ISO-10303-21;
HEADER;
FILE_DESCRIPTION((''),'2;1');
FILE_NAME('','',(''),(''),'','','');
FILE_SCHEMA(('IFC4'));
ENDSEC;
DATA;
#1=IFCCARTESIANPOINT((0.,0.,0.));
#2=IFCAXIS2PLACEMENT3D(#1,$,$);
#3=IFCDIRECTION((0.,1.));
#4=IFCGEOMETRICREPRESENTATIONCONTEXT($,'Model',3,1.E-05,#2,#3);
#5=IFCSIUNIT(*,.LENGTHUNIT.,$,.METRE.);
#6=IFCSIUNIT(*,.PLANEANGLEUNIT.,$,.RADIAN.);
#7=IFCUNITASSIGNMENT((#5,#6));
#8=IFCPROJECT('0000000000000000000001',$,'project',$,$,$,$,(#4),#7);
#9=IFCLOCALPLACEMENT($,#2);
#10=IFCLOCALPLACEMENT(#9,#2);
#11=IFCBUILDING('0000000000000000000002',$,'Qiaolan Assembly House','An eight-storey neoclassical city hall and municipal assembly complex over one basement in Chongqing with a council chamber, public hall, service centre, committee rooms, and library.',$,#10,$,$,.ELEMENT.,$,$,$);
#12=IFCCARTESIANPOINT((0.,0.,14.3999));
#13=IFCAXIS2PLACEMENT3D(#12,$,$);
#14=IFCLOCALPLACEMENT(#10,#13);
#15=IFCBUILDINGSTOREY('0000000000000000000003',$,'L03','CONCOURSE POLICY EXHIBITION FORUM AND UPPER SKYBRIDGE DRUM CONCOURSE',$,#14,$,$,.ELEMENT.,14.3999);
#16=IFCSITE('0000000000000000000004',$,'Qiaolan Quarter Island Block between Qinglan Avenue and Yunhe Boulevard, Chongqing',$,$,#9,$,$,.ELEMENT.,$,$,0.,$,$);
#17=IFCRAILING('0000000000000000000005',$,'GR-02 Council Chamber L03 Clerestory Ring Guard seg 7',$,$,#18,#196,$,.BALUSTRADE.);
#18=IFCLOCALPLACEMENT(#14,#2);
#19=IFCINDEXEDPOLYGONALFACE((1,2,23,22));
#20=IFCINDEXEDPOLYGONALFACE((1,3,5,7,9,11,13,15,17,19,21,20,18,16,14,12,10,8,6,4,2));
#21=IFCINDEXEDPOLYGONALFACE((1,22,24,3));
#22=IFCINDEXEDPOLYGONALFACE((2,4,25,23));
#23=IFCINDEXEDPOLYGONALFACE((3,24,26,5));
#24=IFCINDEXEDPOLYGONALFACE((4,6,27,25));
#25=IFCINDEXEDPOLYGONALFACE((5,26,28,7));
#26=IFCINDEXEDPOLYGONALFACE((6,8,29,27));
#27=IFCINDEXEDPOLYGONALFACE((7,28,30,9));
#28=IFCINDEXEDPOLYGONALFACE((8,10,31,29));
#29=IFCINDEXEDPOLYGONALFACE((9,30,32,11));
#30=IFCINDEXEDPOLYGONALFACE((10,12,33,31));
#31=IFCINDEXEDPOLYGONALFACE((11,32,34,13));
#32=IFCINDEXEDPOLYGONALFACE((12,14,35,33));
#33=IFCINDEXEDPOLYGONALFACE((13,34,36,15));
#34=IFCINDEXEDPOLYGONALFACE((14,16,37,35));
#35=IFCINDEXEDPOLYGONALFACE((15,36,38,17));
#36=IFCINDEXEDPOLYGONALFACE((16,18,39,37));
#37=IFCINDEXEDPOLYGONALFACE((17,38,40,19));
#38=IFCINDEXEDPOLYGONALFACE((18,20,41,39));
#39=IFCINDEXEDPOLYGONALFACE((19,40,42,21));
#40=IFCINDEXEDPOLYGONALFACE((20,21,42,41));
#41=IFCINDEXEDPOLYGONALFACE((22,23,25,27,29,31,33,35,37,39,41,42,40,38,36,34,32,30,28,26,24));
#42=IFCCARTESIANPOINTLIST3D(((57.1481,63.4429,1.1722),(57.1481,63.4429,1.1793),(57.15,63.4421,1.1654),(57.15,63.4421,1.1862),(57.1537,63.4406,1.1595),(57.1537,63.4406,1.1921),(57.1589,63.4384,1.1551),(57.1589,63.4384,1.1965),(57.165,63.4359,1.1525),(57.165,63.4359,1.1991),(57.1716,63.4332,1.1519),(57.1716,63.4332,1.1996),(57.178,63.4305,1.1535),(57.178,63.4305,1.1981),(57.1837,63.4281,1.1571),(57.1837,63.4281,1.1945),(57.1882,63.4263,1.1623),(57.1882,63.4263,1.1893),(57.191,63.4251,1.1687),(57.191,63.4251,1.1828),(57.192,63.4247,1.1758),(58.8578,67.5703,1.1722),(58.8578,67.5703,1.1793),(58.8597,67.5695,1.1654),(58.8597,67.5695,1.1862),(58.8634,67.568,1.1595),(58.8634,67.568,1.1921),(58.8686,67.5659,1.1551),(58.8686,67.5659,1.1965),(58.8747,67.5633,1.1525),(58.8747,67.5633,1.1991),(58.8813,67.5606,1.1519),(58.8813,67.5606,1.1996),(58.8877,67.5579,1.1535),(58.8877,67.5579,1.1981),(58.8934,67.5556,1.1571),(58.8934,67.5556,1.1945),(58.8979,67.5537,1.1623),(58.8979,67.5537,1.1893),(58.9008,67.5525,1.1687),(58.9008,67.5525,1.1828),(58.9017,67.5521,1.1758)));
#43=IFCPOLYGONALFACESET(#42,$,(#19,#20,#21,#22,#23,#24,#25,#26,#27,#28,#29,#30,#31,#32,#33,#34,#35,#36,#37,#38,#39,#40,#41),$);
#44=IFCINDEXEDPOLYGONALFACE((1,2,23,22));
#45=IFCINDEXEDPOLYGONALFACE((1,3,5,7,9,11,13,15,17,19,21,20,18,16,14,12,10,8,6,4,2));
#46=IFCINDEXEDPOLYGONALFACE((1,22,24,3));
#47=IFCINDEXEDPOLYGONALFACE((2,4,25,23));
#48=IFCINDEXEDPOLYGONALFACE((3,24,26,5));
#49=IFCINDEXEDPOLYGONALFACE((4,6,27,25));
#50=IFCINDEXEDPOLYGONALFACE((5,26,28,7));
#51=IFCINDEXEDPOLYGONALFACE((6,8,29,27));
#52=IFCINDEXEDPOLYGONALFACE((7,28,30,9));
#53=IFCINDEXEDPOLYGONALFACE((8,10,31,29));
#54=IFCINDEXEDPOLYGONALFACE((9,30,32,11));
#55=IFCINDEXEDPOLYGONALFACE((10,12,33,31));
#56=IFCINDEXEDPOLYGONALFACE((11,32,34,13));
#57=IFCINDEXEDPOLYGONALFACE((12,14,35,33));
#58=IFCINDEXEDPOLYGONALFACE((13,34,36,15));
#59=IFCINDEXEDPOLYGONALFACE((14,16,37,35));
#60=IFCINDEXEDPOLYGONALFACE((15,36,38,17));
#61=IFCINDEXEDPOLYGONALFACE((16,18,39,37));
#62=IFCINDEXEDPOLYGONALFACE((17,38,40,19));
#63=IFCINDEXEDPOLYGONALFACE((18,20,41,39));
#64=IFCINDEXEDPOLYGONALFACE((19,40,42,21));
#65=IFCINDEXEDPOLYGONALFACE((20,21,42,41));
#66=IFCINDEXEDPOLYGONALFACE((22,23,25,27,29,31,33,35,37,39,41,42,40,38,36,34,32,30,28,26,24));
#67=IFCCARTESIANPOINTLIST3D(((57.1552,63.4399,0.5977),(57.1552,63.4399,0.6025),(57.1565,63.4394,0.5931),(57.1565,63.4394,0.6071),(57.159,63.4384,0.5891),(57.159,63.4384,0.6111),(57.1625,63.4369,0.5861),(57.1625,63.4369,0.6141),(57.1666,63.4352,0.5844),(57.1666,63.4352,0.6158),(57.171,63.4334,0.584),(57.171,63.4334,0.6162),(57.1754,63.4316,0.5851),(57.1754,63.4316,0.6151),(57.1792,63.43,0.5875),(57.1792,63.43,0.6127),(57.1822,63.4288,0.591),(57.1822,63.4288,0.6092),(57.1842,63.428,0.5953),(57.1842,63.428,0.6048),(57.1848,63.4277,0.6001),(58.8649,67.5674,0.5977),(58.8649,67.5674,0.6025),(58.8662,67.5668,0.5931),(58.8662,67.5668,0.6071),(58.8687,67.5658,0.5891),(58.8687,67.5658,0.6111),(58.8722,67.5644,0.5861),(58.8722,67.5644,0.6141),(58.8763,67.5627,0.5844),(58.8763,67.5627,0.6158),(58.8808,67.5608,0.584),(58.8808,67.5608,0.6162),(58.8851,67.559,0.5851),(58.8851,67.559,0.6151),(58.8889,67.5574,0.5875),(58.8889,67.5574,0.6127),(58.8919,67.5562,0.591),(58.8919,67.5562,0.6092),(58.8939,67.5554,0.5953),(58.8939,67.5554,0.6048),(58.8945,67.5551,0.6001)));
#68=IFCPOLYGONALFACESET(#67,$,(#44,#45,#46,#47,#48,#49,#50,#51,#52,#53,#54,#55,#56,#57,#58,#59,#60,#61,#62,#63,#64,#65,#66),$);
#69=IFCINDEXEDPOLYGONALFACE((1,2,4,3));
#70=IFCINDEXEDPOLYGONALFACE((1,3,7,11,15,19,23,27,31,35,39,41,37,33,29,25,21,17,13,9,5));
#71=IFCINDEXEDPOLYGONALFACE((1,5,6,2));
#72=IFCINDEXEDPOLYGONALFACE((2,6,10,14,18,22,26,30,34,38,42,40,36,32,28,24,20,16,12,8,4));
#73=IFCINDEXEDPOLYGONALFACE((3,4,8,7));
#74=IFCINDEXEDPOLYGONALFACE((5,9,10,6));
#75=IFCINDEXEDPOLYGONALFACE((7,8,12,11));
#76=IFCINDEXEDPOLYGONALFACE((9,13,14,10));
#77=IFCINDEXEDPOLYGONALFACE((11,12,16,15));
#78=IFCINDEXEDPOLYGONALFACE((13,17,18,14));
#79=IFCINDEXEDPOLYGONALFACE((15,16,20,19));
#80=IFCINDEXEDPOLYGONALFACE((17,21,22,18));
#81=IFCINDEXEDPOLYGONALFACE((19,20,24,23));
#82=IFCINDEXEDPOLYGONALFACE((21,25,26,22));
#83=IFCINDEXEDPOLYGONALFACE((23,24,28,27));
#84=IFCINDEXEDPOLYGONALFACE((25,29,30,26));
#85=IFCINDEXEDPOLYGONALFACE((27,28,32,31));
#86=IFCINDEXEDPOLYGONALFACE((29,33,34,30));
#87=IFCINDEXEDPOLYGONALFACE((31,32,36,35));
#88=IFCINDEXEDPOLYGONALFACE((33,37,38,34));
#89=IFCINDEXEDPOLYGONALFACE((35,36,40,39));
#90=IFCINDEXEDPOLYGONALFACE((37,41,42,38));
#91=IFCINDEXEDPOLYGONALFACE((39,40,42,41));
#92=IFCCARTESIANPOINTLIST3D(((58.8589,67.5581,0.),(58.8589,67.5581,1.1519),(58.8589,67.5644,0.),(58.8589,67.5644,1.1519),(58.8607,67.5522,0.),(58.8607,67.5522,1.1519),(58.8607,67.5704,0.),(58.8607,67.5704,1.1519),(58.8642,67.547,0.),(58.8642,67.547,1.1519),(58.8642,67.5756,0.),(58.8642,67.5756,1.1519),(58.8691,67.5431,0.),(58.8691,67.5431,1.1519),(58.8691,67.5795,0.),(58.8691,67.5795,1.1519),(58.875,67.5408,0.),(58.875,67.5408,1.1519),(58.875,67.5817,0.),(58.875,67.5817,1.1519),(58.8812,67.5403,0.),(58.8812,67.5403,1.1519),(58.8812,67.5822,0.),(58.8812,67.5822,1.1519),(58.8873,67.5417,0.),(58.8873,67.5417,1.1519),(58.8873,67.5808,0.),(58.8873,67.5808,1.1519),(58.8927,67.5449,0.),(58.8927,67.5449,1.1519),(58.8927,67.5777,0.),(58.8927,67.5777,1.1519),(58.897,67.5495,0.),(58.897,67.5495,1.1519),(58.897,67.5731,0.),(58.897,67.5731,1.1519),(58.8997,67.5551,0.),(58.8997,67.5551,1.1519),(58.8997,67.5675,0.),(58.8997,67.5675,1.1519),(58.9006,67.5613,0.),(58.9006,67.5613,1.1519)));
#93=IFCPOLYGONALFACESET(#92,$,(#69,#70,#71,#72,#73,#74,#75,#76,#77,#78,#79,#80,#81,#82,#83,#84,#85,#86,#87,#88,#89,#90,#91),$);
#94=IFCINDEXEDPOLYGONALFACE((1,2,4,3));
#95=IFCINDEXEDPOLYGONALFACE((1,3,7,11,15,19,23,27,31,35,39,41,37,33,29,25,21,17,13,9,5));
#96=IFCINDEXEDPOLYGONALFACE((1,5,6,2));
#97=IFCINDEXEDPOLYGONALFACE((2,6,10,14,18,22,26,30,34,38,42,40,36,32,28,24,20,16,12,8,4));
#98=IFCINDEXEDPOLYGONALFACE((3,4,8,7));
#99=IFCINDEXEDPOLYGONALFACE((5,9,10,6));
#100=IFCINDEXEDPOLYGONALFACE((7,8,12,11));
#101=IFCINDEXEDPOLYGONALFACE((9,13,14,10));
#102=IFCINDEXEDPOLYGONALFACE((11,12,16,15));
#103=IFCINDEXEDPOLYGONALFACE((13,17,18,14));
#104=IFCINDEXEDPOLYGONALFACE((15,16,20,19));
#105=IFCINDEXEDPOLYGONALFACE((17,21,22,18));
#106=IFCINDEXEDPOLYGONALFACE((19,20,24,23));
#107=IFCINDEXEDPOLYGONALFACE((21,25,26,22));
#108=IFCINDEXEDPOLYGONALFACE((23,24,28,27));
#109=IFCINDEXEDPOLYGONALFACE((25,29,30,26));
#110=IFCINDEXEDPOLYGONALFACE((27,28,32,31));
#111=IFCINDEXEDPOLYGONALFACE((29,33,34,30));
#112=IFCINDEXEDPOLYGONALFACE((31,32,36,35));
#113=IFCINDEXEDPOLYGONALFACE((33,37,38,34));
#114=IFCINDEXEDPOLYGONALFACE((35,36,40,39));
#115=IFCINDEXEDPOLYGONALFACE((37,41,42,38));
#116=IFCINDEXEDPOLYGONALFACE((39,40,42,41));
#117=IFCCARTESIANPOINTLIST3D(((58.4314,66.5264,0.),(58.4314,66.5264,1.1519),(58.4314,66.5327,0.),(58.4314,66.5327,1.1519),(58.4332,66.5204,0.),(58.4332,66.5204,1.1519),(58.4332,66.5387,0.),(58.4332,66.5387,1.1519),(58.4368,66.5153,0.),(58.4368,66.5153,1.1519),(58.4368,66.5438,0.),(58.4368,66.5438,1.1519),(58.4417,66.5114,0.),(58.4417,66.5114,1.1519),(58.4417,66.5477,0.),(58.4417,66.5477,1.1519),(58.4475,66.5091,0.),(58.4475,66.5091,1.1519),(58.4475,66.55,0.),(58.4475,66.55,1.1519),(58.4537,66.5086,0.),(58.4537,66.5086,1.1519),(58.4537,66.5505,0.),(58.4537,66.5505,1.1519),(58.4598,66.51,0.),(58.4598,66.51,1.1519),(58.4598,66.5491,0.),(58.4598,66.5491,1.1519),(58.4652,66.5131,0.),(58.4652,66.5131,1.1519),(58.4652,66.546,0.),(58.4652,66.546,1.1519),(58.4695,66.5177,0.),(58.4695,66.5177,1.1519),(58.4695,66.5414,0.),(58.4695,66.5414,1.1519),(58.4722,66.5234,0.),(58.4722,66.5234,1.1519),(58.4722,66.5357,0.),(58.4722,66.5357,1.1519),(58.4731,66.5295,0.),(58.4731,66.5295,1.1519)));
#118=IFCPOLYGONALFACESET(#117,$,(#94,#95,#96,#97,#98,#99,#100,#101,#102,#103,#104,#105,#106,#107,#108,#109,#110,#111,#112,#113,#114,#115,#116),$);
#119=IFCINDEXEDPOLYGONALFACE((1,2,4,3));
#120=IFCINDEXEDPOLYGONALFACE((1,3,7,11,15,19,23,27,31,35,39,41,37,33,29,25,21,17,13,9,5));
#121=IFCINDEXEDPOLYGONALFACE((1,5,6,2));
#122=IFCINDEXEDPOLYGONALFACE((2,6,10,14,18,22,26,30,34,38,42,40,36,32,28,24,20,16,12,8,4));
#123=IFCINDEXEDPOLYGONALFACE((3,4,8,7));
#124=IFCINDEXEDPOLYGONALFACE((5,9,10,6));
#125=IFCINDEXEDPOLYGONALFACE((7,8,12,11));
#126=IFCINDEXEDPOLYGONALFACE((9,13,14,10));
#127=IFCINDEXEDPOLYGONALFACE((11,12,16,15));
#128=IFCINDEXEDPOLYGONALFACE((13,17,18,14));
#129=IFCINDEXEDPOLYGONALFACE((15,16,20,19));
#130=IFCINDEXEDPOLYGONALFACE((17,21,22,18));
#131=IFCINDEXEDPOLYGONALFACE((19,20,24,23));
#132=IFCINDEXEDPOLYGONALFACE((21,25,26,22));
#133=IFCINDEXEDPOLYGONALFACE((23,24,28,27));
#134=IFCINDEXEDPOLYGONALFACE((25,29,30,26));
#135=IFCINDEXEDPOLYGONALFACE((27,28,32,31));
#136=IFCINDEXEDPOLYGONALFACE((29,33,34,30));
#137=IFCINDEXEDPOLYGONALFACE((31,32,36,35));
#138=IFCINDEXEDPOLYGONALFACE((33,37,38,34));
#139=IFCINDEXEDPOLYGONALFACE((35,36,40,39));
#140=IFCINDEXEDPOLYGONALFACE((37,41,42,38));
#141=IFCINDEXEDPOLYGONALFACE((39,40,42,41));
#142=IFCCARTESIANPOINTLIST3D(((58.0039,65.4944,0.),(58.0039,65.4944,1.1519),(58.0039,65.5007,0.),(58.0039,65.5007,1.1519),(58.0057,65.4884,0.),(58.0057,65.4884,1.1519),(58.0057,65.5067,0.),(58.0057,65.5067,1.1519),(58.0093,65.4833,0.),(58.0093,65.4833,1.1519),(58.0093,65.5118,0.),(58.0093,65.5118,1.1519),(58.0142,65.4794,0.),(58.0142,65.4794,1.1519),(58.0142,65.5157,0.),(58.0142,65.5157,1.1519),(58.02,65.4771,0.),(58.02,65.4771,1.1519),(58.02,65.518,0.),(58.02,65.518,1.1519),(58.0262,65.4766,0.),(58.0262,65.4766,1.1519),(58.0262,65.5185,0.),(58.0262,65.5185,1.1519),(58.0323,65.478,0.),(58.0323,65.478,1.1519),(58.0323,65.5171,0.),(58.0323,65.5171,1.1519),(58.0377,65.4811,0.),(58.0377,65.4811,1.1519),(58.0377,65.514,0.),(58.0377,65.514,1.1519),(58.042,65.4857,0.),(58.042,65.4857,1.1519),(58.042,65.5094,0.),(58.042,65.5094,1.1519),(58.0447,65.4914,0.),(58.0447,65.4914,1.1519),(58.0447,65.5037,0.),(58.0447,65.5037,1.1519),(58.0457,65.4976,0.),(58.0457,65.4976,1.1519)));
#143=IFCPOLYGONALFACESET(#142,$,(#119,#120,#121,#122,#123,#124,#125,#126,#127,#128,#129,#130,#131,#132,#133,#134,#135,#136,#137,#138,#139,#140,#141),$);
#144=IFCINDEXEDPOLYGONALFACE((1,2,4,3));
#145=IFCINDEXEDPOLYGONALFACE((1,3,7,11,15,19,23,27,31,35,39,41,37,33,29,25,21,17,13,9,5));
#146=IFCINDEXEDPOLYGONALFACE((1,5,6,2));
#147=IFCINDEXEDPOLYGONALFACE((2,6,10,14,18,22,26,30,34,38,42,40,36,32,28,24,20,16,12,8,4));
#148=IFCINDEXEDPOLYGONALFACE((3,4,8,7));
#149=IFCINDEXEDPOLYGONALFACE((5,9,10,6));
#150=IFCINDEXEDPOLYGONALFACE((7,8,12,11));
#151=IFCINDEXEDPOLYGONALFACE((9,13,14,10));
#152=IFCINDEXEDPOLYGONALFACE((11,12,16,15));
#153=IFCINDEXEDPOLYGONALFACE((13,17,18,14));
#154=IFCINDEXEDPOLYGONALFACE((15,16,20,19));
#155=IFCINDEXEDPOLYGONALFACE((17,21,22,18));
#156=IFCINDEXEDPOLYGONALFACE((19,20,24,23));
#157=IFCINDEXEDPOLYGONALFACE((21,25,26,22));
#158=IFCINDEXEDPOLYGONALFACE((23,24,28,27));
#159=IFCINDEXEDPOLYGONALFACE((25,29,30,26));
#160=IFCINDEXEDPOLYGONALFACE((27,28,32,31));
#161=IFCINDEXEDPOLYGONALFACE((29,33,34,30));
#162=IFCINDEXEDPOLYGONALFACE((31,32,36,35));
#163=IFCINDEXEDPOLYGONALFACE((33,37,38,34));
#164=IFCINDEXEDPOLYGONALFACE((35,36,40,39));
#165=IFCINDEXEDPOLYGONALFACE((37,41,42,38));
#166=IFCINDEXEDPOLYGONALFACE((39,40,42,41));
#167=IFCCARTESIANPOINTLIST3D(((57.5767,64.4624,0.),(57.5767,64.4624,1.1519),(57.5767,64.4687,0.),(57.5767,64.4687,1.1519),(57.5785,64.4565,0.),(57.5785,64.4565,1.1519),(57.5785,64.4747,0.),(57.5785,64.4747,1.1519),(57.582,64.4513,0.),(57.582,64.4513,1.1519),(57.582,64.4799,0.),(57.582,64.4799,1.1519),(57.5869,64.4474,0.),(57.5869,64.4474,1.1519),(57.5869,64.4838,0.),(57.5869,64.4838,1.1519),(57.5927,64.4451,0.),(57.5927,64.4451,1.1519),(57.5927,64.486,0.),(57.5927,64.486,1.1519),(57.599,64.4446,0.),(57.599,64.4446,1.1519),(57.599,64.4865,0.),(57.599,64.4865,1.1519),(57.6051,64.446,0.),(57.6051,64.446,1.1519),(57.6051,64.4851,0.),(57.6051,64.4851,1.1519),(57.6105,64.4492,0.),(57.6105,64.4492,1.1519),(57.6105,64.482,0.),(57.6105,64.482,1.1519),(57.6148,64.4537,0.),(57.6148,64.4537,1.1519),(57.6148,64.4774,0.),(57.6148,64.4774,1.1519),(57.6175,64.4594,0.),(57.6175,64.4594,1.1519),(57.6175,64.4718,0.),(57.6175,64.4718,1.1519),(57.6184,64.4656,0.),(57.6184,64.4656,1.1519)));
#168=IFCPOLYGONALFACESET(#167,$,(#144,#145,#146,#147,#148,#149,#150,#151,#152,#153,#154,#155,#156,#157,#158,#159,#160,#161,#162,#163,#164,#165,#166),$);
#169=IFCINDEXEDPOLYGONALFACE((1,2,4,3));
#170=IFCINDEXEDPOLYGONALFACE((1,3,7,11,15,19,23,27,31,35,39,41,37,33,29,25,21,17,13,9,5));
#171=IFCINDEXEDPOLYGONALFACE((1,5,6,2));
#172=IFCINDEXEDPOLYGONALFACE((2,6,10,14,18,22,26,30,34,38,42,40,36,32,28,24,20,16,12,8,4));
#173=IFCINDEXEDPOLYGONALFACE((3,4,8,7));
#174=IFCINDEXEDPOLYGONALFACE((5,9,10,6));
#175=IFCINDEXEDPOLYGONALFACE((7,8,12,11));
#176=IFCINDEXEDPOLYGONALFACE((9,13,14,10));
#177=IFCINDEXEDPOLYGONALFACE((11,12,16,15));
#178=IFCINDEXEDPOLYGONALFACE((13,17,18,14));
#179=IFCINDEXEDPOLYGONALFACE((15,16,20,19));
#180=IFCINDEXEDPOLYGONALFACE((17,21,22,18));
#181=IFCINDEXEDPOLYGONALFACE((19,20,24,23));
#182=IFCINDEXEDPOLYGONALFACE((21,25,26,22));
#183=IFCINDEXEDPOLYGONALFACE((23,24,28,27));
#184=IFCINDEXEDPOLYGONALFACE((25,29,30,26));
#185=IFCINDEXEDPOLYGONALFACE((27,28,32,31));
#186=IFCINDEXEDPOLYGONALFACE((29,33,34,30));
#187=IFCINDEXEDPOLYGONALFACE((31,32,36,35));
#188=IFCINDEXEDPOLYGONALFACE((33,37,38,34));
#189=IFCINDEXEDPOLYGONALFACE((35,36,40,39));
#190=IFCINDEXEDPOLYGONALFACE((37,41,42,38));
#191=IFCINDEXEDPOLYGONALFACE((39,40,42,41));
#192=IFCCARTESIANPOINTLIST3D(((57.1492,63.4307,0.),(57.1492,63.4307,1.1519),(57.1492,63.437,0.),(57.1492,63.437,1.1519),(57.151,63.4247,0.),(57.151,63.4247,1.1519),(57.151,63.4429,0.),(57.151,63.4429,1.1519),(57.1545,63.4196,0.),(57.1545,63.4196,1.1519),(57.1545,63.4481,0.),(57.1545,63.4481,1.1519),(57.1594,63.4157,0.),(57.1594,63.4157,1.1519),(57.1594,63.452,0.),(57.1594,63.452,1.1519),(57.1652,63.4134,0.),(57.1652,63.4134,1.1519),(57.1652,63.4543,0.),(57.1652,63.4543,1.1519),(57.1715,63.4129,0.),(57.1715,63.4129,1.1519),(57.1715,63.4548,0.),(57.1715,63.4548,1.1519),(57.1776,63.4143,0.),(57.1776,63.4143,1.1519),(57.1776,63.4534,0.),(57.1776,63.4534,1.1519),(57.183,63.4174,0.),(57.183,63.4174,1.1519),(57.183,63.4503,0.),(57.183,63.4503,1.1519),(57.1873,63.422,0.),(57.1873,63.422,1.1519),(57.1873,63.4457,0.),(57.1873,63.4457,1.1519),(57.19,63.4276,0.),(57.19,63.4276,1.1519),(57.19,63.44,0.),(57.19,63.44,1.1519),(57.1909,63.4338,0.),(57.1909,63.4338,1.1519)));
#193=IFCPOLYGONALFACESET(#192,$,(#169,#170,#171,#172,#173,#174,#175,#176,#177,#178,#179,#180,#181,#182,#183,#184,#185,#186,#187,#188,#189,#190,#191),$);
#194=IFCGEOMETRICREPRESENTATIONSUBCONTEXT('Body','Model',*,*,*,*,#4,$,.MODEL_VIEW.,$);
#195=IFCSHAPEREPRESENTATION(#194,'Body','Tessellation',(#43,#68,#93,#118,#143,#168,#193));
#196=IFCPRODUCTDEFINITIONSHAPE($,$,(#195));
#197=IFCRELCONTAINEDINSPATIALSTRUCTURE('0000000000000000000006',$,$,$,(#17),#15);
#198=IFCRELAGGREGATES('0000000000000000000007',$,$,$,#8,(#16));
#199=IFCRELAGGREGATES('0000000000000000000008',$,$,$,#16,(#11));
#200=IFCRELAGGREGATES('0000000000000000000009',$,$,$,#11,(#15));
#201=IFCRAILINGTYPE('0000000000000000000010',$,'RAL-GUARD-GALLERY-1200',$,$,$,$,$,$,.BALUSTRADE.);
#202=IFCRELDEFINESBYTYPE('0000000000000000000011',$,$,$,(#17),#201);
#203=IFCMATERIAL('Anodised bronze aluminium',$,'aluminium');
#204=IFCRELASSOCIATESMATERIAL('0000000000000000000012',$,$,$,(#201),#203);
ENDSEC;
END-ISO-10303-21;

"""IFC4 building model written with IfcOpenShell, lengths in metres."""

from ifc_helpers import new_model, si_unit, direction, frame, origin, origin_2d, place, context, subcontext, project, spatial, circle, extrude, material, type_object, element, save


model = new_model("IFC4")

# Units and contexts
model_context = context("Model", 3, precision=1e-05, world=origin(), true_north=direction((0.0, 1.0)))
body_context = subcontext(model_context, "Body", "Model", "MODEL_VIEW")
ifc_project = project(units=[si_unit("LENGTHUNIT", "METRE"), si_unit("PLANEANGLEUNIT", "RADIAN")], contexts=[model_context])

# Site, building, storey
site_placement = place(None, origin())
site = spatial("IfcSite", under=ifc_project, at=site_placement, Name="Qiaolan Quarter Island Block between Qinglan Avenue and Yunhe Boulevard, Chongqing", CompositionType="ELEMENT", RefElevation=0.0)
building_placement = place(site_placement, origin())
building = spatial("IfcBuilding", under=site, at=building_placement, Name="Qiaolan Assembly House", Description="An eight-storey neoclassical city hall and municipal assembly complex over one basement in Chongqing with a council chamber, public hall, service centre, committee rooms, and library.", CompositionType="ELEMENT")
storey_placement = place(building_placement, frame((0.0, 0.0, 14.3999)))
storey = spatial("IfcBuildingStorey", under=building, at=storey_placement, Name="L03", Description="CONCOURSE POLICY EXHIBITION FORUM AND UPPER SKYBRIDGE DRUM CONCOURSE", CompositionType="ELEMENT", Elevation=14.3999)

# Shared definitions
ifc_material_1 = material(Name="Anodised bronze aluminium", Category="aluminium")

# Railing
railing_type = type_object("IfcRailingType", Name="RAL-GUARD-GALLERY-1200", PredefinedType="BALUSTRADE", material=ifc_material_1)
railing_placement = place(storey_placement, frame((58.8796, 67.5613, 0.0)))
element("IfcRailing", 1, at=railing_placement, inside=storey, type_object=railing_type, Name="GR-02 Council Chamber L03 Clerestory Ring Guard seg 7", PredefinedType="BALUSTRADE", context=body_context, shape_type="SweptSolid", body=[
    extrude(circle(Radius=0.0239, at=origin_2d()), frame((0.0, 0.0, 1.1758), z_axis=(-0.382698, -0.923874, 0.0), x_axis=(0.923874, -0.382698, 0.0)), (0.0, 0.0, 1.0), 4.4675),
    extrude(circle(Radius=0.0161, at=origin_2d()), frame((0.0, 0.0, 0.6001), z_axis=(-0.382698, -0.923874, 0.0), x_axis=(0.923874, -0.382698, 0.0)), (0.0, 0.0, 1.0), 4.4675),
    extrude(circle(Radius=0.021, at=origin_2d()), origin(), (0.0, 0.0, 1.0), 1.1519),
    extrude(circle(Radius=0.021, at=origin_2d()), frame((-0.4275, -1.0317, 0.0)), (0.0, 0.0, 1.0), 1.1519),
    extrude(circle(Radius=0.021, at=origin_2d()), frame((-0.855, -2.0637, 0.0)), (0.0, 0.0, 1.0), 1.1519),
    extrude(circle(Radius=0.021, at=origin_2d()), frame((-1.2822, -3.0957, 0.0)), (0.0, 0.0, 1.0), 1.1519),
    extrude(circle(Radius=0.021, at=origin_2d()), frame((-1.7097, -4.1274, 0.0)), (0.0, 0.0, 1.0), 1.1519),
])

save(model, "model.ifc")
